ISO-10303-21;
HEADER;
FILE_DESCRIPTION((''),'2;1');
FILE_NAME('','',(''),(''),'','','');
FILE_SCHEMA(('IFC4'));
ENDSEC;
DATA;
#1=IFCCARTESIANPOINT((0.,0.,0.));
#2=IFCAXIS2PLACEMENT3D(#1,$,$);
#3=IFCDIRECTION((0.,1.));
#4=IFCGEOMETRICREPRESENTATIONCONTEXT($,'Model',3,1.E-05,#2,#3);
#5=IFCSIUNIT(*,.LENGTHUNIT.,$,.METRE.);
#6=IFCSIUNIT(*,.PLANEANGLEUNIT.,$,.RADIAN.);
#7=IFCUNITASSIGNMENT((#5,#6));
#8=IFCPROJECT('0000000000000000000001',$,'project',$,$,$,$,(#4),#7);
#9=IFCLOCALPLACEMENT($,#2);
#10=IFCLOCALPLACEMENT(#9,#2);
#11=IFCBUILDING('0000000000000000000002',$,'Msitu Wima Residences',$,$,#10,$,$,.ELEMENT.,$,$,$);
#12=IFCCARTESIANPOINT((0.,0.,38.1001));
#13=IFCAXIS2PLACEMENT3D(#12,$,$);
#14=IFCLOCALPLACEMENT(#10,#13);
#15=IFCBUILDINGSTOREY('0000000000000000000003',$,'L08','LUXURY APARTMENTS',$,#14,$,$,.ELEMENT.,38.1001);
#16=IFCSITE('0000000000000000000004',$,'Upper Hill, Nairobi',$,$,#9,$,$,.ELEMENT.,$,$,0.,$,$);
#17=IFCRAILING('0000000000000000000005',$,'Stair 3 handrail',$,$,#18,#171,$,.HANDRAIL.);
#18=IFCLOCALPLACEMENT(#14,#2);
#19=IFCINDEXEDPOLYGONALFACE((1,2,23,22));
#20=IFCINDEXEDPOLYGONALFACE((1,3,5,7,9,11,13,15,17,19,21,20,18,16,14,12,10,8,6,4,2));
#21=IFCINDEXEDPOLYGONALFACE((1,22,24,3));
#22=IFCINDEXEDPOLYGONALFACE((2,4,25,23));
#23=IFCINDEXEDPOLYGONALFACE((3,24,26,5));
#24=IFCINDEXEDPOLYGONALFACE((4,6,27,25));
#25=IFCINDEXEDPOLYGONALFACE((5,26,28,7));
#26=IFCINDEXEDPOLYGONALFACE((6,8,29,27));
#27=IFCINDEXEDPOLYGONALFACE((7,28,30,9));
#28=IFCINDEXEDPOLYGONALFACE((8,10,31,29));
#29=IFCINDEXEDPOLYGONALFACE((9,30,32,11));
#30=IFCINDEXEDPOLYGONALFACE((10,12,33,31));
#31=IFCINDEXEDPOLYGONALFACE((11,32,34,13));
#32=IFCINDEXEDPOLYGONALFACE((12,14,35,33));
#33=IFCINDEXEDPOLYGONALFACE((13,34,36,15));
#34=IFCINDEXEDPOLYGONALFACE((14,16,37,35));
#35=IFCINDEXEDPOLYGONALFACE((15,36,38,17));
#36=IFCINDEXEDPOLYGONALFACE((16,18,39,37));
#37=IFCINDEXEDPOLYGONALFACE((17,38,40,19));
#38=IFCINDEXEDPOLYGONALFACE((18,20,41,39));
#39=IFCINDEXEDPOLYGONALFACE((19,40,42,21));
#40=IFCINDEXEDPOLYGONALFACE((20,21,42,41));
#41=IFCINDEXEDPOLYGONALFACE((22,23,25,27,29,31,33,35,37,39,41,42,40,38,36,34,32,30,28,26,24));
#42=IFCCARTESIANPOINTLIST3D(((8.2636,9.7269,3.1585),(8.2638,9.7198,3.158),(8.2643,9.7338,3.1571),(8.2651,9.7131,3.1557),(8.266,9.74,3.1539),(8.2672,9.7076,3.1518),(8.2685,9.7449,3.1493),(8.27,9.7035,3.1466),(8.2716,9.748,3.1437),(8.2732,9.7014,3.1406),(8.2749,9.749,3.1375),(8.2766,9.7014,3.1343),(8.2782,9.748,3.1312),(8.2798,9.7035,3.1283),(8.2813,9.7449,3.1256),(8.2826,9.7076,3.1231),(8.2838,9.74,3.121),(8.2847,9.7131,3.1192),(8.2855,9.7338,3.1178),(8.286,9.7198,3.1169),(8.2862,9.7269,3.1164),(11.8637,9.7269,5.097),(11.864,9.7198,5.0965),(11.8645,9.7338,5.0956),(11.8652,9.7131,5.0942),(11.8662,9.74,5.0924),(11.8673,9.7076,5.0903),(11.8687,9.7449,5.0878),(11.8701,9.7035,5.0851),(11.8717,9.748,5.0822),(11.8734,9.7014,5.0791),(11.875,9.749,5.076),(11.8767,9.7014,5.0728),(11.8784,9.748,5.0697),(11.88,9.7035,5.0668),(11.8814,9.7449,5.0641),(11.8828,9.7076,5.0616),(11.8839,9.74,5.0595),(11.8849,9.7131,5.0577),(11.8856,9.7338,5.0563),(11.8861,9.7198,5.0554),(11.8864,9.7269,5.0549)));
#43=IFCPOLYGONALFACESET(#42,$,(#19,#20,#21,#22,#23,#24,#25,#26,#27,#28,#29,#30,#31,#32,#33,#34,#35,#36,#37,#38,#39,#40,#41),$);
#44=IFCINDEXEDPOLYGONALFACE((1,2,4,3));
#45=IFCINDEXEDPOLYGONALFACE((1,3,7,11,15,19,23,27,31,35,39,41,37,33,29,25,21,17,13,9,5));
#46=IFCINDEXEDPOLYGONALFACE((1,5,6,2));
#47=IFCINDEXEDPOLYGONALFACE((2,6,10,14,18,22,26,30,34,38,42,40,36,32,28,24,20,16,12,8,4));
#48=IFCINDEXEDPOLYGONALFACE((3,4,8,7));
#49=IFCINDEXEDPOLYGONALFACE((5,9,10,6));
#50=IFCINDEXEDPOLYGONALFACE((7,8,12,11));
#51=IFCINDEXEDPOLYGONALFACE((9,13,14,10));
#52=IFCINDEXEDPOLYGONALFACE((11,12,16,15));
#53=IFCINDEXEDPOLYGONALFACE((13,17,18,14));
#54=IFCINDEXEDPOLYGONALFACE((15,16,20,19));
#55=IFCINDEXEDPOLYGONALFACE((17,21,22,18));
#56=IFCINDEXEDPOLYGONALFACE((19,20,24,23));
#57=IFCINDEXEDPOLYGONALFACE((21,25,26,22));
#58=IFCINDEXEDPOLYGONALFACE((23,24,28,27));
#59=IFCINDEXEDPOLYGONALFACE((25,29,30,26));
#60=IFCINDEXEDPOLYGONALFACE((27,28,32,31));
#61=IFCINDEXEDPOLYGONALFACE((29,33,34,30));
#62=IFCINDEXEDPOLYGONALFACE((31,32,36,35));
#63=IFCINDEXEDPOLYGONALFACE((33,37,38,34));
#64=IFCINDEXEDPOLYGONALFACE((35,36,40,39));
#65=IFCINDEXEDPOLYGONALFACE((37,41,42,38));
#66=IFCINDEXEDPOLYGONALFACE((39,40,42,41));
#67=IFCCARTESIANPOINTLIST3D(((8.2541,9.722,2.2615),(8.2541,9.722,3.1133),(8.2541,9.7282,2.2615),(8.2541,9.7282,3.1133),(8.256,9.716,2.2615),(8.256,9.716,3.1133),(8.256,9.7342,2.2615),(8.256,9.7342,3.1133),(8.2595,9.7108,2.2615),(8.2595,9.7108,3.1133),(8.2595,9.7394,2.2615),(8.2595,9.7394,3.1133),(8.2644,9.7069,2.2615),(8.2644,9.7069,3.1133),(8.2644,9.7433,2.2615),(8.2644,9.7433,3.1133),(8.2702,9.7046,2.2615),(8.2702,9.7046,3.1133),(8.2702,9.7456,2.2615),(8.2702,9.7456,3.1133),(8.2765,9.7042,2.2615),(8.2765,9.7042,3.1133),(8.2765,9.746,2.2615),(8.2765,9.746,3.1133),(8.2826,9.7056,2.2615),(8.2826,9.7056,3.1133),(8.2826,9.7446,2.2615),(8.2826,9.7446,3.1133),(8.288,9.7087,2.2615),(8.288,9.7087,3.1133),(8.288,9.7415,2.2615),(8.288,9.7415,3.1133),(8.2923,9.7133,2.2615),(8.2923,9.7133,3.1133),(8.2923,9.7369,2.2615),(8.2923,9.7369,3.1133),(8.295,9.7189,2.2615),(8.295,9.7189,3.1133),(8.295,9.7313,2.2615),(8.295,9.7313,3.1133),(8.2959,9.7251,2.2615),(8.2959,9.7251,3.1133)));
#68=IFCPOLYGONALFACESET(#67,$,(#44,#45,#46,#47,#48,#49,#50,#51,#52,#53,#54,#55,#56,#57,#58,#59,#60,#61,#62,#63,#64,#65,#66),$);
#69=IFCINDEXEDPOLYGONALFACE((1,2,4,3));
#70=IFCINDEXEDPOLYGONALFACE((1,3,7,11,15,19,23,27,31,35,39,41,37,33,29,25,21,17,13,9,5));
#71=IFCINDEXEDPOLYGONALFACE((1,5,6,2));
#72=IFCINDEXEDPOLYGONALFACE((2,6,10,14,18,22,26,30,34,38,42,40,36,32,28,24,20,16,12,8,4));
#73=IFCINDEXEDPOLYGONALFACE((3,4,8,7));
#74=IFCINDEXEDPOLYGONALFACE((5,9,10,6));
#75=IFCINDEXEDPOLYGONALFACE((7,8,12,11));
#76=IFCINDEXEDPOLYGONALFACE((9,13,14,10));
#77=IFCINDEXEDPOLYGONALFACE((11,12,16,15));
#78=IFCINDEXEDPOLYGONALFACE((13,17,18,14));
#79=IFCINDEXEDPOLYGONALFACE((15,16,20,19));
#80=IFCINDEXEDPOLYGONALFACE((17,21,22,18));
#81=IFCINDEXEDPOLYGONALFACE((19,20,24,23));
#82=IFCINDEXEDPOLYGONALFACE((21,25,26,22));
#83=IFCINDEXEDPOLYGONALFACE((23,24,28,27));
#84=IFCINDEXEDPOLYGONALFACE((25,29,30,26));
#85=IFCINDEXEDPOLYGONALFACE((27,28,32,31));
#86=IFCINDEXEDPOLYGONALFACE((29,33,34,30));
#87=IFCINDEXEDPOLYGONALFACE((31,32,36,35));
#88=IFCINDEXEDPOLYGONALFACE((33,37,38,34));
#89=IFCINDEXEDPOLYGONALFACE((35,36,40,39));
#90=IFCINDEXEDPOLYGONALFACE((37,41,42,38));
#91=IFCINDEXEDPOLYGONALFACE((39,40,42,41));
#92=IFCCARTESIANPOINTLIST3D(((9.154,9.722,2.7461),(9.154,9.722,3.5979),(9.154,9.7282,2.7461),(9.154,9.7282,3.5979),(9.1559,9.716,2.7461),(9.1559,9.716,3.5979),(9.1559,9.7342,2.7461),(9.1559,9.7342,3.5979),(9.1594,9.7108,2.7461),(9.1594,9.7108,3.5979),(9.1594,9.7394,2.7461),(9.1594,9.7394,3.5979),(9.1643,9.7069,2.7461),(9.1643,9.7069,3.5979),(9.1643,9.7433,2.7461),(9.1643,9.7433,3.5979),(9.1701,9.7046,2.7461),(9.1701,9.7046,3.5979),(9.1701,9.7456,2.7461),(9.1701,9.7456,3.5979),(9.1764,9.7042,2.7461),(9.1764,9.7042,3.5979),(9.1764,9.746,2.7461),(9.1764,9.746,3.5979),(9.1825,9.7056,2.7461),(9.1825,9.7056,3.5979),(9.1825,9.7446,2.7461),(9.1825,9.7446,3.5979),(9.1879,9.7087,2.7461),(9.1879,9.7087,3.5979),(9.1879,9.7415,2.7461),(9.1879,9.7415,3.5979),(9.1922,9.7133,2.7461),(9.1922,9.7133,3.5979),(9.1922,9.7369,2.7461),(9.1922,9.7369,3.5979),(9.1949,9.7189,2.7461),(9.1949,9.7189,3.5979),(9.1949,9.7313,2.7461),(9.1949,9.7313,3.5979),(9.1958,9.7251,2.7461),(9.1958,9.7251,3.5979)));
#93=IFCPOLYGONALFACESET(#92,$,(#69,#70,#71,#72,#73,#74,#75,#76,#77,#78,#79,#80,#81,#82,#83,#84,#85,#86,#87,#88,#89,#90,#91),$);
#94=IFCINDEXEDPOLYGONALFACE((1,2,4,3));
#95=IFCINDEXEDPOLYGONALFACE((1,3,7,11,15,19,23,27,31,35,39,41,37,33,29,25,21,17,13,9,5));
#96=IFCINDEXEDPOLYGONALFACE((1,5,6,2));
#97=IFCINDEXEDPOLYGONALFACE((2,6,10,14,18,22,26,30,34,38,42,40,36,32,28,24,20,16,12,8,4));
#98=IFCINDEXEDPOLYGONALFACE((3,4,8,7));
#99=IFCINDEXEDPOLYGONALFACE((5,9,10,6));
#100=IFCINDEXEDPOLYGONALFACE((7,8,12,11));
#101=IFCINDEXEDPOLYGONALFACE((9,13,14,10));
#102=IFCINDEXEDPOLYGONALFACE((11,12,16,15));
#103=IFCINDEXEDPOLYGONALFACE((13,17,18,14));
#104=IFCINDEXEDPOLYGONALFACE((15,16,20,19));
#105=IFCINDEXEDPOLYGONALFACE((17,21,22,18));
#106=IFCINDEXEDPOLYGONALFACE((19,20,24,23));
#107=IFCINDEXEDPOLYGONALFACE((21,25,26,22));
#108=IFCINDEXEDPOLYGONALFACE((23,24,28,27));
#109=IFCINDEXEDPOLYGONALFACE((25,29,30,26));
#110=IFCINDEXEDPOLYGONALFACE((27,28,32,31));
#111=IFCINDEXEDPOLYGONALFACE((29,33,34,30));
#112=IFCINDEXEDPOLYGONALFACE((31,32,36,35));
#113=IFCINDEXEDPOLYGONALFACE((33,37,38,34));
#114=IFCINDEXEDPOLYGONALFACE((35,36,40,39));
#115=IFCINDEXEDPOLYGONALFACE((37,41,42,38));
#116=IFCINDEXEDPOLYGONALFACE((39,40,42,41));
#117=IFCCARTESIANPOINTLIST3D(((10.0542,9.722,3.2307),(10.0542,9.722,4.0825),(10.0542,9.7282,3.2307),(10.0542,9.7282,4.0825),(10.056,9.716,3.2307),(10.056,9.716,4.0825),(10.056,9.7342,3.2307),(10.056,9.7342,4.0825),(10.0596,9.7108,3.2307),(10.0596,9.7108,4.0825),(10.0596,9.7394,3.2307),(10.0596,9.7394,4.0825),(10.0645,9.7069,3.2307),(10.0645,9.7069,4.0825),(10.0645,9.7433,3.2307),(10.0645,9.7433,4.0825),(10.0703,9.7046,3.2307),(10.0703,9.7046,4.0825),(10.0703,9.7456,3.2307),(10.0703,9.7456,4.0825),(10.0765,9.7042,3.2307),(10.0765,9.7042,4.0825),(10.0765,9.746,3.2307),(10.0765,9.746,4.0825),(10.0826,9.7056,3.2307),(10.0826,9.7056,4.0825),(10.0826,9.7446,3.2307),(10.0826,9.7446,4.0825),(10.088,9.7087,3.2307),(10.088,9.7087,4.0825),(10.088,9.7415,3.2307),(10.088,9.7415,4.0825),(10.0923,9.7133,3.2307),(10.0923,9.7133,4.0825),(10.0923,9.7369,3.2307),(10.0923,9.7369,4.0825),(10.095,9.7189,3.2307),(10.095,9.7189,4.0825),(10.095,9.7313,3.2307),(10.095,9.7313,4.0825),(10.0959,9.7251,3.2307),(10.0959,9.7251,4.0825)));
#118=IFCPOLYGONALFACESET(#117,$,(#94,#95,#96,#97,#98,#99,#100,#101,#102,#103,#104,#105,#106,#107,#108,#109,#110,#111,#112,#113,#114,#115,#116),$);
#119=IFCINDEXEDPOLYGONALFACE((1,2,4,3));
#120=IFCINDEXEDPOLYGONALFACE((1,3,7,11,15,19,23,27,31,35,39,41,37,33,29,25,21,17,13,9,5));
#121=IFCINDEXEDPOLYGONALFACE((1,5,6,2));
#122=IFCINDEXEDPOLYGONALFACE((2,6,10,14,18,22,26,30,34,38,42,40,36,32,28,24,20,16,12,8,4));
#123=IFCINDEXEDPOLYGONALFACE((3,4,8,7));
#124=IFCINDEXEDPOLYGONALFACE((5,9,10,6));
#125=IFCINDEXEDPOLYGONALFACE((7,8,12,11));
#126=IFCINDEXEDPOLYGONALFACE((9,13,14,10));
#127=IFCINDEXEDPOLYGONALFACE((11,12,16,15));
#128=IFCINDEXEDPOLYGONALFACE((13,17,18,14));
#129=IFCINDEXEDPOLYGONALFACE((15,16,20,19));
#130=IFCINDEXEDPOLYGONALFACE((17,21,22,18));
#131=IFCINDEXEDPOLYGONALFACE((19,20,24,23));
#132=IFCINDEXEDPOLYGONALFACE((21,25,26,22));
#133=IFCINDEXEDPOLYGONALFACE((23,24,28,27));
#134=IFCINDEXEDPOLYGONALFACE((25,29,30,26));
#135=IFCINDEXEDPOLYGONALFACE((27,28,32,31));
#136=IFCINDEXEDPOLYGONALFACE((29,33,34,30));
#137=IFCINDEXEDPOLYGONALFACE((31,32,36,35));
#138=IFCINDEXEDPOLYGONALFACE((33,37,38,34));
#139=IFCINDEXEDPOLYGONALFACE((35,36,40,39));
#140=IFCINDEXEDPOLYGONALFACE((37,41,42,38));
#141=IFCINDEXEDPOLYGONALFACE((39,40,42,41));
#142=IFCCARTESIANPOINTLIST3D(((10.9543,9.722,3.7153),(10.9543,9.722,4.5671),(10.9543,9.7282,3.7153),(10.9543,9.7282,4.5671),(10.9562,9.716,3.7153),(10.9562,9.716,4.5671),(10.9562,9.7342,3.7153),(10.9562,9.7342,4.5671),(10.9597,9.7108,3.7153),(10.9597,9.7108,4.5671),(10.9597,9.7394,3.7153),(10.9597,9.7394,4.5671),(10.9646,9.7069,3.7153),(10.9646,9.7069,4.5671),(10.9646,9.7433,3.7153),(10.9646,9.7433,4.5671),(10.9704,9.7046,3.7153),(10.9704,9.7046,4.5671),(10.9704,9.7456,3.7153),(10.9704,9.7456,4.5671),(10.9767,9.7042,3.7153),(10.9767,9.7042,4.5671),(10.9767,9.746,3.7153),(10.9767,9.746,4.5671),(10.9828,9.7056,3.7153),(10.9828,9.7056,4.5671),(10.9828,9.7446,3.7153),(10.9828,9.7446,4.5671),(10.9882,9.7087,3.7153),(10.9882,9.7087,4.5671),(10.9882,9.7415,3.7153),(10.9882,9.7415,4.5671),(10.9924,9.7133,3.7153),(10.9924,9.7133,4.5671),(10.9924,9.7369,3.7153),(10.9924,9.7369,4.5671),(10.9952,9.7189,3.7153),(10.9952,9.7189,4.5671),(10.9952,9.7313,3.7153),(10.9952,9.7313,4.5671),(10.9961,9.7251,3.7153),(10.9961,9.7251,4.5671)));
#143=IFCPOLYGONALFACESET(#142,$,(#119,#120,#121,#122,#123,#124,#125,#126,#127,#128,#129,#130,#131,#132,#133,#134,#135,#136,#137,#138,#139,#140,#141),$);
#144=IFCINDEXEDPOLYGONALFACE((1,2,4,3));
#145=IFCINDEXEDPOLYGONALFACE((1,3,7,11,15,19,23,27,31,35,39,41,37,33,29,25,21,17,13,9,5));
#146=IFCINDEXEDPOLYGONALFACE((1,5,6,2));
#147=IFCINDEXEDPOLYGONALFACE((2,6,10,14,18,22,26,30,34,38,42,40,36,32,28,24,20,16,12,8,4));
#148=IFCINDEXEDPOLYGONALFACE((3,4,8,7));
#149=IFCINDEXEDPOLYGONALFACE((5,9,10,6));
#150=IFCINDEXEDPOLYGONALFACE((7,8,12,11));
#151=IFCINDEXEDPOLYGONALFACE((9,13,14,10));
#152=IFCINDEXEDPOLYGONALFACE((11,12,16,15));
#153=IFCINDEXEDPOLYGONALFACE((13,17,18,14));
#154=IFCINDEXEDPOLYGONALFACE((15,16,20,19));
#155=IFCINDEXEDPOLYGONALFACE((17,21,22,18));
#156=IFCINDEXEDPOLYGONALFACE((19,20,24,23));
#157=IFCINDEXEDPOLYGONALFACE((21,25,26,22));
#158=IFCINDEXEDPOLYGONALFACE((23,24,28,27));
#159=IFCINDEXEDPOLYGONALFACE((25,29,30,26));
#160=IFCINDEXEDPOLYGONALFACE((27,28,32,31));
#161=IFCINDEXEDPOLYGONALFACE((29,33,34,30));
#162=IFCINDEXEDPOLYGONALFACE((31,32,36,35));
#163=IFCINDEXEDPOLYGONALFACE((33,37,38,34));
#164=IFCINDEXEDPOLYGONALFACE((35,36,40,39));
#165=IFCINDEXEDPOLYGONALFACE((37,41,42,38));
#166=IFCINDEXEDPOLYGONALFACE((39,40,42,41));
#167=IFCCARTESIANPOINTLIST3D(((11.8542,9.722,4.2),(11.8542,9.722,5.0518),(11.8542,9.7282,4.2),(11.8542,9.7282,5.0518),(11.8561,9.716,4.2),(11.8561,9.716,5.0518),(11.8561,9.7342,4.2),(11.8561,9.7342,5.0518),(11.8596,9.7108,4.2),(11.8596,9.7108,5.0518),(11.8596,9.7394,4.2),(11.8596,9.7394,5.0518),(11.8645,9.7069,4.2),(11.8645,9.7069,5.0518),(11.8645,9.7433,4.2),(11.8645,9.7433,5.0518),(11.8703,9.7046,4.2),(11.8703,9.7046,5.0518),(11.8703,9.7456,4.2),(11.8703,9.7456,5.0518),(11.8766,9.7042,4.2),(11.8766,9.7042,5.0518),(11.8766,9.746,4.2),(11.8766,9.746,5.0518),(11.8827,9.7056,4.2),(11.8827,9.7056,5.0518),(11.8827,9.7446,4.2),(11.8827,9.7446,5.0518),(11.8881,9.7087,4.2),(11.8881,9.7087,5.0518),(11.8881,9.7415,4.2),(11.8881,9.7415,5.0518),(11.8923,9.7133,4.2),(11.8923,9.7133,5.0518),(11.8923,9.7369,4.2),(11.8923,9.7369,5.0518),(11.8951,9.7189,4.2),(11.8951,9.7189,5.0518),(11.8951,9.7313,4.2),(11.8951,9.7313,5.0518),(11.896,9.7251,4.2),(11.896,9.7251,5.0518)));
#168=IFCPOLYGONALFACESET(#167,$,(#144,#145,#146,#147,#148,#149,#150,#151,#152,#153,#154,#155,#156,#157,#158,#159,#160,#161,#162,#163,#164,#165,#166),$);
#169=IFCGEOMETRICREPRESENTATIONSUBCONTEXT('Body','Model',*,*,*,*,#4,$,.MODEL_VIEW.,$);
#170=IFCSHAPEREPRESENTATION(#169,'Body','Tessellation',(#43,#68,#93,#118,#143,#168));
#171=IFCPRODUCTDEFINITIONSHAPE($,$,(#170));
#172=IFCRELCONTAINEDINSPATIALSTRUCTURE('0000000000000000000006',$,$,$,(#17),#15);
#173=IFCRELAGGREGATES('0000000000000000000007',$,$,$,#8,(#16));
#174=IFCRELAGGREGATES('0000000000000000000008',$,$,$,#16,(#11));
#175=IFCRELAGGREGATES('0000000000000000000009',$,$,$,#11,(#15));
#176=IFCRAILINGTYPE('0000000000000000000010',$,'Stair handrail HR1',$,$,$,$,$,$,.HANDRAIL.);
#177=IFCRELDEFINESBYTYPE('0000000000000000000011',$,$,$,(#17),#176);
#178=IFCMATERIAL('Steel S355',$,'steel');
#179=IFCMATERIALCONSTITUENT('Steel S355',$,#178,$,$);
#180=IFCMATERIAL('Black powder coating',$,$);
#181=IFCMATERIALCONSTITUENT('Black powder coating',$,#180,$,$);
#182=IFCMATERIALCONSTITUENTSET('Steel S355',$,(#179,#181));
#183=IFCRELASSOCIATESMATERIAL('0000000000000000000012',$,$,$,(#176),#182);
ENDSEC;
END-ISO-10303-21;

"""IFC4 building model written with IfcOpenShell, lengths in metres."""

from ifc_helpers import new_model, si_unit, direction, frame, origin, origin_2d, place, context, subcontext, project, spatial, circle, extrude, material, constituent, constituent_set, type_object, element, save


model = new_model("IFC4")

# Units and contexts
model_context = context("Model", 3, precision=1e-05, world=origin(), true_north=direction((0.0, 1.0)))
body_context = subcontext(model_context, "Body", "Model", "MODEL_VIEW")
ifc_project = project(units=[si_unit("LENGTHUNIT", "METRE"), si_unit("PLANEANGLEUNIT", "RADIAN")], contexts=[model_context])

# Site, building, storey
site_placement = place(None, origin())
site = spatial("IfcSite", under=ifc_project, at=site_placement, Name="Upper Hill, Nairobi", CompositionType="ELEMENT", RefElevation=0.0)
building_placement = place(site_placement, origin())
building = spatial("IfcBuilding", under=site, at=building_placement, Name="Msitu Wima Residences", CompositionType="ELEMENT")
storey_placement = place(building_placement, frame((0.0, 0.0, 38.1001)))
storey = spatial("IfcBuildingStorey", under=building, at=storey_placement, Name="L08", Description="LUXURY APARTMENTS", CompositionType="ELEMENT", Elevation=38.1001)

# Railing
ifc_material_1 = material(Name="Steel S355", Category="steel")
ifc_constituent_1 = constituent(ifc_material_1, Name="Steel S355")
ifc_material_2 = material(Name="Black powder coating")
ifc_constituent_2 = constituent(ifc_material_2, Name="Black powder coating")
ifc_constituent_set = constituent_set(constituents=[ifc_constituent_1, ifc_constituent_2], Name="Steel S355")
railing_type = type_object("IfcRailingType", Name="Stair handrail HR1", PredefinedType="HANDRAIL", material=ifc_constituent_set)
for number, where, name in (
    (1, (8.2749, 9.7251, 2.2615), "Stair 3 handrail"),
):
    element("IfcRailing", number, at=place(storey_placement, frame(where)), inside=storey, type_object=railing_type, Name=name, PredefinedType="HANDRAIL", context=body_context, shape_type="SweptSolid", body=[
        extrude(circle(Radius=0.0239, at=origin_2d()), frame((0.0, 0.0, 0.876), z_axis=(0.880475, 0.0, 0.474093), x_axis=(0.0, 1.0, 0.0)), (0.0, 0.0, 1.0), 4.0889),
        extrude(circle(Radius=0.021, at=origin_2d()), origin(), (0.0, 0.0, 1.0), 0.8518),
        extrude(circle(Radius=0.021, at=origin_2d()), frame((0.8999, 0.0, 0.4846)), (0.0, 0.0, 1.0), 0.8518),
        extrude(circle(Radius=0.021, at=origin_2d()), frame((1.8, 0.0, 0.9692)), (0.0, 0.0, 1.0), 0.8518),
        extrude(circle(Radius=0.021, at=origin_2d()), frame((2.7002, 0.0, 1.4539)), (0.0, 0.0, 1.0), 0.8518),
        extrude(circle(Radius=0.021, at=origin_2d()), frame((3.6001, 0.0, 1.9385)), (0.0, 0.0, 1.0), 0.8518),
    ])

save(model, "model.ifc")
